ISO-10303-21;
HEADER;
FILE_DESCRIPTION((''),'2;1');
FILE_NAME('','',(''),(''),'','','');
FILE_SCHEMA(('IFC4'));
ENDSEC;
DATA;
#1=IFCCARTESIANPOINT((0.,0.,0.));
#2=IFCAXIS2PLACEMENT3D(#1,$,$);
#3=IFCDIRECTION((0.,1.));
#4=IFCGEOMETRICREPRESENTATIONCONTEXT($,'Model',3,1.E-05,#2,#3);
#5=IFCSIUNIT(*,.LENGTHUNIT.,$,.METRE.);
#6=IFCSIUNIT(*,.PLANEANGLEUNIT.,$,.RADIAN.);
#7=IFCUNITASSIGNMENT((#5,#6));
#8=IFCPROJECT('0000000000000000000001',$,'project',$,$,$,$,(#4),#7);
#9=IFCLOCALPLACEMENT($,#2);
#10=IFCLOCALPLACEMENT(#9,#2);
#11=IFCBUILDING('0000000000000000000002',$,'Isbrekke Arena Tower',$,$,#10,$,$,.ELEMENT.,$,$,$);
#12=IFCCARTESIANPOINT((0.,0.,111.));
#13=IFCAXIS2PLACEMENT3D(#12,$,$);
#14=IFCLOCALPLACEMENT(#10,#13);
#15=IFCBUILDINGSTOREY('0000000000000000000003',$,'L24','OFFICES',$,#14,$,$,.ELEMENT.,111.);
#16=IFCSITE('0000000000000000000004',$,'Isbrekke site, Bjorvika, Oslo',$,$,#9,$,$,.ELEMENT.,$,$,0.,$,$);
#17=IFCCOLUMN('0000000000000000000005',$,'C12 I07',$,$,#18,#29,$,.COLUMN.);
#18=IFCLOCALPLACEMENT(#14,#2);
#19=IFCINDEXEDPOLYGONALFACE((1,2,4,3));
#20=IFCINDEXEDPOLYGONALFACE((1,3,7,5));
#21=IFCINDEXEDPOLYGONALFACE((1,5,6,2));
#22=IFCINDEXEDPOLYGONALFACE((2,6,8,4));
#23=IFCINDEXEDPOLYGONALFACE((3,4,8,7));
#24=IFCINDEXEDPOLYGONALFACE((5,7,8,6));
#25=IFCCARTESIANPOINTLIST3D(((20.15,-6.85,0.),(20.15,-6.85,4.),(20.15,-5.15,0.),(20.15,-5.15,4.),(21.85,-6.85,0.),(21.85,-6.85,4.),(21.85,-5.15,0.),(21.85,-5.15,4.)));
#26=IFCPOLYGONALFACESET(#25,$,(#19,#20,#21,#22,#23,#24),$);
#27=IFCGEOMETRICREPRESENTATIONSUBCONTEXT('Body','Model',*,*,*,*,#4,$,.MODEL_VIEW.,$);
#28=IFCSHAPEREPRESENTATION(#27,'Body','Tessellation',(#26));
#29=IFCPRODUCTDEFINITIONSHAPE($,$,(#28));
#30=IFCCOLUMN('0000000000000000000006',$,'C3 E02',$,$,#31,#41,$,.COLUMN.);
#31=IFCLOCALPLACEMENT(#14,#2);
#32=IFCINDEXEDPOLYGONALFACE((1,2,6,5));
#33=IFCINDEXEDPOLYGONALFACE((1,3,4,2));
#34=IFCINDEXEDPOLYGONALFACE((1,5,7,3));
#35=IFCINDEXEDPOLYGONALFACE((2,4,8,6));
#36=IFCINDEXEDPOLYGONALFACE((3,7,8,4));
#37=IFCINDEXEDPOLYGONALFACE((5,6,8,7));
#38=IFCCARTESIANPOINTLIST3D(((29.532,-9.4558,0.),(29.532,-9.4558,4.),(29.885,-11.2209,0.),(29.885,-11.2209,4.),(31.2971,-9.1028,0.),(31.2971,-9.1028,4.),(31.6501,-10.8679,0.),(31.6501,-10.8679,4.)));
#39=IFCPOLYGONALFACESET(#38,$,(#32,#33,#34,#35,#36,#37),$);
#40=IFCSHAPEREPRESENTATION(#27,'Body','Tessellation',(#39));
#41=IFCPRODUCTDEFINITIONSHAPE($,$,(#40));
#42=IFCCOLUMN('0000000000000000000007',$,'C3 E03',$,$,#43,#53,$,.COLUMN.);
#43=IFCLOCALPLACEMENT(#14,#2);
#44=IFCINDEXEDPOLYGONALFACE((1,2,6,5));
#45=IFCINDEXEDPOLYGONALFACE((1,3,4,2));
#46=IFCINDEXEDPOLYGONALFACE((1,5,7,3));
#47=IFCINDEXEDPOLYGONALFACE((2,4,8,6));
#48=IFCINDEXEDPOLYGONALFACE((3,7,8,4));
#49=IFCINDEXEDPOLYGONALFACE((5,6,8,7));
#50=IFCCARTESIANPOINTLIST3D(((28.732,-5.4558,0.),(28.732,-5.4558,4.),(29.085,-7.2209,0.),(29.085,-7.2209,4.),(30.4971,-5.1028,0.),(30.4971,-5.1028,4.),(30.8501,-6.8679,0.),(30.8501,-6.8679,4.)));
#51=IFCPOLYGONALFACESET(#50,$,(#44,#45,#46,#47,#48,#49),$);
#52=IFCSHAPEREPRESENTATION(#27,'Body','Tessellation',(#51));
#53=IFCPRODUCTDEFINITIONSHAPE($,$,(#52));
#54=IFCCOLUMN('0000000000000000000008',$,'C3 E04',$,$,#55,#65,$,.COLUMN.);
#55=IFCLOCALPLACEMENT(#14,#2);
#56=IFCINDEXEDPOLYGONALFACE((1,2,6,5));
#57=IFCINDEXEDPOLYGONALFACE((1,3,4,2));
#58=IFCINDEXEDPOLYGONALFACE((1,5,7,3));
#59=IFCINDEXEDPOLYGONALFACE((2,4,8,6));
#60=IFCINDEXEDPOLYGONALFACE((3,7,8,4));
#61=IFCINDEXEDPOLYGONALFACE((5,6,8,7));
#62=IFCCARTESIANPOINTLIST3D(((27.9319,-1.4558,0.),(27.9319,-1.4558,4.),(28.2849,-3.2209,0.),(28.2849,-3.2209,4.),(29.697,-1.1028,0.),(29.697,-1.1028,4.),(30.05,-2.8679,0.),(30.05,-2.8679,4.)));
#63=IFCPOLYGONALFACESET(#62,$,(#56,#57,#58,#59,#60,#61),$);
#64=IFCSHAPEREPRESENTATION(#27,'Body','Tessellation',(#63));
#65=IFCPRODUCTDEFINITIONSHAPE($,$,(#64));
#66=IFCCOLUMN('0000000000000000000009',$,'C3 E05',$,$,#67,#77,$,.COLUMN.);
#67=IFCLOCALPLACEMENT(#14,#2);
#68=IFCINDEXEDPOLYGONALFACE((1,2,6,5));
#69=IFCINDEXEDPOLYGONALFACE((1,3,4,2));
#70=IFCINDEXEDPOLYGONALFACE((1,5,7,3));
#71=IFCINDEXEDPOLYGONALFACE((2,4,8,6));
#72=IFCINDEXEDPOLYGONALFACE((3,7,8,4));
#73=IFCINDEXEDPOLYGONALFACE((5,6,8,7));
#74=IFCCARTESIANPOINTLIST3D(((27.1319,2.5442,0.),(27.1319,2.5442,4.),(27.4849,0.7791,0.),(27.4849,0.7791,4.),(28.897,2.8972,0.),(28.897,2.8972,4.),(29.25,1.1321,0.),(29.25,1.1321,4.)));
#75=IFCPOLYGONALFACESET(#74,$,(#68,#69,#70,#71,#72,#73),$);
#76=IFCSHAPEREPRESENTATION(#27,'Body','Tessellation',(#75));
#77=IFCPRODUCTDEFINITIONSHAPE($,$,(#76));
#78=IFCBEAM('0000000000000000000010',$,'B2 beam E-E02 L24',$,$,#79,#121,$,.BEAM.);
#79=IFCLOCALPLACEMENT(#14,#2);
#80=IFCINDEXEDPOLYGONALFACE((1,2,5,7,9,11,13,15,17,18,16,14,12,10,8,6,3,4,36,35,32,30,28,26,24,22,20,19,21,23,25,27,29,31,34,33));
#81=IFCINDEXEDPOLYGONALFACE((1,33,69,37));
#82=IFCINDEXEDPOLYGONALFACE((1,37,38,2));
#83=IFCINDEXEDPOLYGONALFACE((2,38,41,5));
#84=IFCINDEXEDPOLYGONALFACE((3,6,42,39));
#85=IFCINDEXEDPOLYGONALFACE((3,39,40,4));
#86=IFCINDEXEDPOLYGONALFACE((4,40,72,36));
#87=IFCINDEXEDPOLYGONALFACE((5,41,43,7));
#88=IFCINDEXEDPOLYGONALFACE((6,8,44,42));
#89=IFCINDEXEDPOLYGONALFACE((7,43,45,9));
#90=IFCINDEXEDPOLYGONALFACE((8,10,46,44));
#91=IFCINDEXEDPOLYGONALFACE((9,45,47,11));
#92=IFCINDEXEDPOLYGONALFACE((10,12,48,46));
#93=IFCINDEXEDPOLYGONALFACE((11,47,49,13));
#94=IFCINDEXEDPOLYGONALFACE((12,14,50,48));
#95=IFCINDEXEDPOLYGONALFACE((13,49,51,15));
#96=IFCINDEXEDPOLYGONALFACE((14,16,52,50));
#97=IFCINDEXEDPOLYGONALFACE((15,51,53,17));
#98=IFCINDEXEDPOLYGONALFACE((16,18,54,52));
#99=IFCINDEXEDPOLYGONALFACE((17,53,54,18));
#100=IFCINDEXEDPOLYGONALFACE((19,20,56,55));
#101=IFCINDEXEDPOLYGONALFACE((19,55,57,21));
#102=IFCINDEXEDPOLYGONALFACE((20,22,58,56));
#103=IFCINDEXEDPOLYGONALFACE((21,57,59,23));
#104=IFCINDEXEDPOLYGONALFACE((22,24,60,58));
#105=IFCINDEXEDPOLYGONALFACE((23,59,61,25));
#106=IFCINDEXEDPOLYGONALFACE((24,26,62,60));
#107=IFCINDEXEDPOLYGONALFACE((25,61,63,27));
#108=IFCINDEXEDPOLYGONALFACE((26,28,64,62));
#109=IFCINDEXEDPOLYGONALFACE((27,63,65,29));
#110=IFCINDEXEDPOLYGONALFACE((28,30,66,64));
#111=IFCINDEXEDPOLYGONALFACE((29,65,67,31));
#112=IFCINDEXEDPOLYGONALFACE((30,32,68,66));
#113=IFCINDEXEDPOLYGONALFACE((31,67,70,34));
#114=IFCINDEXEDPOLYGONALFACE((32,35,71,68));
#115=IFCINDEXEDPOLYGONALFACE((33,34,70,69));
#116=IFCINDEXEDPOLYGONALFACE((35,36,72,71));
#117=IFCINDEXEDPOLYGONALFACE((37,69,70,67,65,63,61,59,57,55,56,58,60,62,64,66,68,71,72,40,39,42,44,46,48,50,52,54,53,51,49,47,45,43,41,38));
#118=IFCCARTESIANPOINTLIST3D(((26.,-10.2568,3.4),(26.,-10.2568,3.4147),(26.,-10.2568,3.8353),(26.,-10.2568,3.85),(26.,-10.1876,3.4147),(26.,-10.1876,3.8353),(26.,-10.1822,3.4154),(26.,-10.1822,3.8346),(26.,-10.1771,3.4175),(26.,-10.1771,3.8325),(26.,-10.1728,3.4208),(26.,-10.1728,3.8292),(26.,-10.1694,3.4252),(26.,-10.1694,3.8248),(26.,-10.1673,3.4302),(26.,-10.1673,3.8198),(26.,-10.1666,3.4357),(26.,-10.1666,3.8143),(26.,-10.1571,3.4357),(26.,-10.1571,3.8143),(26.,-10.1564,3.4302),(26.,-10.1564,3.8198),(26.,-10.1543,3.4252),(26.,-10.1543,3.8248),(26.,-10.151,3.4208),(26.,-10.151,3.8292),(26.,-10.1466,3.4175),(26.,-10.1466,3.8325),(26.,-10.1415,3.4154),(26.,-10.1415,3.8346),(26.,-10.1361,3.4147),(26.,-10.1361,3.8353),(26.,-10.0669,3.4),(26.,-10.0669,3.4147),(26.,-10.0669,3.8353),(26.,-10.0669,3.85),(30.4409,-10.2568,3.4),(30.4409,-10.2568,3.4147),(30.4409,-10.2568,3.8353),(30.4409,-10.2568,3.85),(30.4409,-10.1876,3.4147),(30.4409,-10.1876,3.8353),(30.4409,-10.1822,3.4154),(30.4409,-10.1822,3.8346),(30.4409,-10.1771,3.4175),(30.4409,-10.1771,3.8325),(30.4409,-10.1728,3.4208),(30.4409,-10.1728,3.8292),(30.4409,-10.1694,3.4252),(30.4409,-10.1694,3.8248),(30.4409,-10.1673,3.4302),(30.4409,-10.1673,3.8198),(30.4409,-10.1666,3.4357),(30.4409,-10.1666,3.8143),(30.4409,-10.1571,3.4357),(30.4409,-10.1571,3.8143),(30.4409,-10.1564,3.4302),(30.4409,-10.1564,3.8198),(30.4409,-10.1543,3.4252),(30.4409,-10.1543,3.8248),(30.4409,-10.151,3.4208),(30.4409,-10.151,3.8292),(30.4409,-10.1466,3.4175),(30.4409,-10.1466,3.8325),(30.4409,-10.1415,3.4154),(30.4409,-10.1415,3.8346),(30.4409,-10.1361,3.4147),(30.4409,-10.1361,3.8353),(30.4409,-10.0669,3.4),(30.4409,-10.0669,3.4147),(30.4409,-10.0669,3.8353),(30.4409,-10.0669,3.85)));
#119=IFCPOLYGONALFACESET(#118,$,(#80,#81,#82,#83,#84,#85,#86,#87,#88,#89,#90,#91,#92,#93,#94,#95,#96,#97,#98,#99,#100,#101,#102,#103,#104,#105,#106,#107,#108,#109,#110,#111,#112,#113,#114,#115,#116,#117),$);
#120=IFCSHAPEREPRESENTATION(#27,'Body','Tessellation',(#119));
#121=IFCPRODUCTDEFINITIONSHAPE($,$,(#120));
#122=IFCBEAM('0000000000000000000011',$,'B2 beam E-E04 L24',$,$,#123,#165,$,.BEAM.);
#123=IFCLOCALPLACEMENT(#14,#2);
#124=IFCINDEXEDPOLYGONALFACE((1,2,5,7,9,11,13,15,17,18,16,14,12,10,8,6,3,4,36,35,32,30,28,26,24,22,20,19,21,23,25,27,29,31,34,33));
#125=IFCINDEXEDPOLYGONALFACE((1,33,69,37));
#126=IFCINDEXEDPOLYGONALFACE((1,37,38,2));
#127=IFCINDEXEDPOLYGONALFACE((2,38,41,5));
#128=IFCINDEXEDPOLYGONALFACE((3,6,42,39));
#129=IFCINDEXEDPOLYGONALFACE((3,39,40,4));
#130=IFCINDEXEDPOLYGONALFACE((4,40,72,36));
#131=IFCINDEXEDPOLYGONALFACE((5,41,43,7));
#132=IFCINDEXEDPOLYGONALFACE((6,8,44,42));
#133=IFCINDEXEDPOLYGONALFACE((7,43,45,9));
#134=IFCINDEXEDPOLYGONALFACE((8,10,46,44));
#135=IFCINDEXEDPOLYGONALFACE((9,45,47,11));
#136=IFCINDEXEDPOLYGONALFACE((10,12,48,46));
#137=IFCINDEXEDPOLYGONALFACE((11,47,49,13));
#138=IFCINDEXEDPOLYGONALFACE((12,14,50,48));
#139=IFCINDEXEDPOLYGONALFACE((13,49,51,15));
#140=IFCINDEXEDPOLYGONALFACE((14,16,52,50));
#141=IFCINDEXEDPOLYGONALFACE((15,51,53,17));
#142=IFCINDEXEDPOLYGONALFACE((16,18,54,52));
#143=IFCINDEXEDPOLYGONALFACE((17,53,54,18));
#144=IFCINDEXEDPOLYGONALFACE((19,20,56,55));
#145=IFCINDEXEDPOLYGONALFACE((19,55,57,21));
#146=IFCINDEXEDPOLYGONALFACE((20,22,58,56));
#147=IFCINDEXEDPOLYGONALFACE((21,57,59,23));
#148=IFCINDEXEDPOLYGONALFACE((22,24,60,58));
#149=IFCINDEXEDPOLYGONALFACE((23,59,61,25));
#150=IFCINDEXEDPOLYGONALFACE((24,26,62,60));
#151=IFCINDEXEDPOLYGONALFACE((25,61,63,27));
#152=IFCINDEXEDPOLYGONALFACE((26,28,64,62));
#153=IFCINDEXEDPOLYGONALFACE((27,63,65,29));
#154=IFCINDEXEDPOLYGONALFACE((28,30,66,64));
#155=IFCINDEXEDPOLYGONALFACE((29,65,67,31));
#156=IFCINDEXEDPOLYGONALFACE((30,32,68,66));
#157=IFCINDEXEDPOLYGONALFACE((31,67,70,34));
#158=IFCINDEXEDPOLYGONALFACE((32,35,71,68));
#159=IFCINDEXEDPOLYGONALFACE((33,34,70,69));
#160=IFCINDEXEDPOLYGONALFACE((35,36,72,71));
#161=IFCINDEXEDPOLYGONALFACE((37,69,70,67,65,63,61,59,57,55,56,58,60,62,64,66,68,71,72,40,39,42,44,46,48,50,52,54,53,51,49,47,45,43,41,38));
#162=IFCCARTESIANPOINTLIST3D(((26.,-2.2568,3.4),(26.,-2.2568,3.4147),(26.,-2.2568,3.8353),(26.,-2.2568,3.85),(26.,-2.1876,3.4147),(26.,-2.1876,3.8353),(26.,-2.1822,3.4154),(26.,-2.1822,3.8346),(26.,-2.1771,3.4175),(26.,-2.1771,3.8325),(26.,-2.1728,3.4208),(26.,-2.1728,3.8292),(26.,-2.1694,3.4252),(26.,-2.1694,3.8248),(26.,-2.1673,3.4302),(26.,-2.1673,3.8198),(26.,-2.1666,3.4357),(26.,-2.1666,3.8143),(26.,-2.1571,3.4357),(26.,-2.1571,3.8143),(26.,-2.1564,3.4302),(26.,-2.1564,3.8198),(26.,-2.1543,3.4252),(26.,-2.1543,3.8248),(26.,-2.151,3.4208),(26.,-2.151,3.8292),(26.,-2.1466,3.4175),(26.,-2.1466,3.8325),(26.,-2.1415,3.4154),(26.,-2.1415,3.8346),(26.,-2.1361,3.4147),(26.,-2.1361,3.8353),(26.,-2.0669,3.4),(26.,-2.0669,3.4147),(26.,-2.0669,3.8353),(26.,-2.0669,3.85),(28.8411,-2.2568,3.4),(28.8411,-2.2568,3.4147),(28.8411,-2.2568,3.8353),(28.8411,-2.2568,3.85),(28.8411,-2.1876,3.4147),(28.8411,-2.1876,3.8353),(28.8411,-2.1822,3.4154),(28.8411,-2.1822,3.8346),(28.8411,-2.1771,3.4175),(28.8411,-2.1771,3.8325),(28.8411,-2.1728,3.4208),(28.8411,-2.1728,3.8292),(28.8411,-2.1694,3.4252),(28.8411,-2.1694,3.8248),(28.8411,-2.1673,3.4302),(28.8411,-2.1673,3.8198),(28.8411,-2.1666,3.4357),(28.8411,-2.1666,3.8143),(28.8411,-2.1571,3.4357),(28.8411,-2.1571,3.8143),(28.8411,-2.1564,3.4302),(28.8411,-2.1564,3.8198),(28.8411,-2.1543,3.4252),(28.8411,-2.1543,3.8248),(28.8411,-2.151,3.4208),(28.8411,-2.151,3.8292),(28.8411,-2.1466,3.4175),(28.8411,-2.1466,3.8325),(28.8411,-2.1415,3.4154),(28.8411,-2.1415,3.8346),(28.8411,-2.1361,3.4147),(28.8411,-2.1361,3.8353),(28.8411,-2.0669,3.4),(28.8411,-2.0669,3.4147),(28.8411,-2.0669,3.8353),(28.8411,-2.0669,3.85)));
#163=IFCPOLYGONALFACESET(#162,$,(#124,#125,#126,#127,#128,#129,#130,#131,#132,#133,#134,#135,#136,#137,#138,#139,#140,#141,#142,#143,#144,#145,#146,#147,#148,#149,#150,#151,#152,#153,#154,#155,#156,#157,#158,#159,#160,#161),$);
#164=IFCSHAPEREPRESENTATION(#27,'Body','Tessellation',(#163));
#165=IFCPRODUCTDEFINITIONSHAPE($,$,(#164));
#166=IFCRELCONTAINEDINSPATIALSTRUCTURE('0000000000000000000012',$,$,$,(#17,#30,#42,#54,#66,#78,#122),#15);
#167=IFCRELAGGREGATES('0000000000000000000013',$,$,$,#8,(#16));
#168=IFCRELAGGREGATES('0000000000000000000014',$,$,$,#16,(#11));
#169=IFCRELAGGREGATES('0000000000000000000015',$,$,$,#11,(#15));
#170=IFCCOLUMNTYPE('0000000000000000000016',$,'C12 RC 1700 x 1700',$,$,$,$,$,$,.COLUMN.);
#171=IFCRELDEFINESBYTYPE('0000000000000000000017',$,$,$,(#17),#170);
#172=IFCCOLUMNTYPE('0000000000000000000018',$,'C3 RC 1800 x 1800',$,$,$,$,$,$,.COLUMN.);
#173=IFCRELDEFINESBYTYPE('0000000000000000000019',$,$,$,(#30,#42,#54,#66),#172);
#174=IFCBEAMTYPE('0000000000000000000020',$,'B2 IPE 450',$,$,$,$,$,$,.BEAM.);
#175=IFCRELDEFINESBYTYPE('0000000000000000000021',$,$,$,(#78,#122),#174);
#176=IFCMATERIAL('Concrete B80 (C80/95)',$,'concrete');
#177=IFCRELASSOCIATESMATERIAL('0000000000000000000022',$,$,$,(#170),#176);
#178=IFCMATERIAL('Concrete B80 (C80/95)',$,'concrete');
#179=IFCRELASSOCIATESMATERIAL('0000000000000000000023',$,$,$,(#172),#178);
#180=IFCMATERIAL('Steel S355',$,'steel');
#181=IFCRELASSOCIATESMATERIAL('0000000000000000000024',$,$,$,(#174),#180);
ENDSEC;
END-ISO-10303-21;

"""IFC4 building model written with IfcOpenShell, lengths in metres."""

from ifc_helpers import new_model, si_unit, direction, frame, origin, origin_2d, place, context, subcontext, project, spatial, rectangle, i_section, extrude, material, material_profile, profile_set, type_object, element, save


model = new_model("IFC4")

# Units and contexts
model_context = context("Model", 3, precision=1e-05, world=origin(), true_north=direction((0.0, 1.0)))
body_context = subcontext(model_context, "Body", "Model", "MODEL_VIEW")
ifc_project = project(units=[si_unit("LENGTHUNIT", "METRE"), si_unit("PLANEANGLEUNIT", "RADIAN")], contexts=[model_context])

# Site, building, storey
site_placement = place(None, origin())
site = spatial("IfcSite", under=ifc_project, at=site_placement, Name="Isbrekke site, Bjorvika, Oslo", CompositionType="ELEMENT", RefElevation=0.0)
building_placement = place(site_placement, origin())
building = spatial("IfcBuilding", under=site, at=building_placement, Name="Isbrekke Arena Tower", CompositionType="ELEMENT")
storey_placement = place(building_placement, frame((0.0, 0.0, 111.0)))
storey = spatial("IfcBuildingStorey", under=building, at=storey_placement, Name="L24", Description="OFFICES", CompositionType="ELEMENT", Elevation=111.0)

# Columns
ifc_material_1 = material(Name="Concrete B80 (C80/95)", Category="concrete")
ifc_material_profile_1 = material_profile(ifc_material_1, rectangle(XDim=1.7, YDim=1.7, at=origin_2d()), Name="RC 1700x1700")
ifc_profile_set_1 = profile_set([ifc_material_profile_1], Name="Concrete B80 (C80/95)")
column_type_1 = type_object("IfcColumnType", Name="C12 RC 1700 x 1700", PredefinedType="COLUMN", material=ifc_profile_set_1)
column_placement = place(storey_placement, frame((21.0, -6.0, 0.0), z_axis=(0.0, 0.0, 1.0), x_axis=(1.0, 0.0, 0.0)))
element("IfcColumn", 1, at=column_placement, inside=storey, type_object=column_type_1, Name="C12 I07", PredefinedType="COLUMN", context=body_context, shape_type="SweptSolid", body=[
    extrude(rectangle(XDim=1.7, YDim=1.7, at=origin_2d()), origin(), (0.0, 0.0, 1.0), 4.0),
])
ifc_material_2 = material(Name="Concrete B80 (C80/95)", Category="concrete")
ifc_material_profile_2 = material_profile(ifc_material_2, rectangle(XDim=1.8, YDim=1.8, at=origin_2d()), Name="RC 1800x1800")
ifc_profile_set_2 = profile_set([ifc_material_profile_2], Name="Concrete B80 (C80/95)")
column_type_2 = type_object("IfcColumnType", Name="C3 RC 1800 x 1800", PredefinedType="COLUMN", material=ifc_profile_set_2)
for number, where, z_axis, x_axis, name in (
    (2, (30.5911, -10.1619, 0.0), (0.0, 0.0, 1.0), (-0.196116, 0.980581, 0.0), "C3 E02"),
    (3, (29.791, -6.1619, 0.0), (0.0, 0.0, 1.0), (-0.196116, 0.980581, 0.0), "C3 E03"),
    (4, (28.991, -2.1619, 0.0), (0.0, 0.0, 1.0), (-0.196116, 0.980581, 0.0), "C3 E04"),
    (5, (28.1909, 1.8381, 0.0), (0.0, 0.0, 1.0), (-0.196116, 0.980581, 0.0), "C3 E05"),
):
    element("IfcColumn", number, at=place(storey_placement, frame(where, z_axis=z_axis, x_axis=x_axis)), inside=storey, type_object=column_type_2, Name=name, PredefinedType="COLUMN", context=body_context, shape_type="SweptSolid", body=[
        extrude(rectangle(XDim=1.8, YDim=1.8, at=origin_2d()), origin(), (0.0, 0.0, 1.0), 4.0),
    ])

# Beams
ifc_material_3 = material(Name="Steel S355", Category="steel")
ifc_material_profile_3 = material_profile(ifc_material_3, i_section(OverallWidth=0.1899, OverallDepth=0.45, WebThickness=0.0095, FlangeThickness=0.0146, FilletRadius=0.021, at=origin_2d()), Name="IPE 450")
ifc_profile_set_3 = profile_set([ifc_material_profile_3], Name="Steel S355")
beam_type_1 = type_object("IfcBeamType", Name="B2 IPE 450", PredefinedType="BEAM", material=ifc_profile_set_3)
beam_1_placement = place(storey_placement, frame((30.4409, -10.1619, 3.625), z_axis=(-1.0, 0.0, 0.0), x_axis=(0.0, -1.0, 0.0)))
element("IfcBeam", 6, at=beam_1_placement, inside=storey, type_object=beam_type_1, Name="B2 beam E-E02 L24", PredefinedType="BEAM", context=body_context, shape_type="SweptSolid", body=[
    extrude(i_section(OverallWidth=0.1899, OverallDepth=0.45, WebThickness=0.0095, FlangeThickness=0.0146, FilletRadius=0.021, at=origin_2d()), origin(), (0.0, 0.0, 1.0), 4.4409),
])
beam_2_placement = place(storey_placement, frame((28.8411, -2.1619, 3.625), z_axis=(-1.0, 0.0, 0.0), x_axis=(0.0, -1.0, 0.0)))
element("IfcBeam", 7, at=beam_2_placement, inside=storey, type_object=beam_type_1, Name="B2 beam E-E04 L24", PredefinedType="BEAM", context=body_context, shape_type="SweptSolid", body=[
    extrude(i_section(OverallWidth=0.1899, OverallDepth=0.45, WebThickness=0.0095, FlangeThickness=0.0146, FilletRadius=0.021, at=origin_2d()), origin(), (0.0, 0.0, 1.0), 2.8411),
])

save(model, "model.ifc")
